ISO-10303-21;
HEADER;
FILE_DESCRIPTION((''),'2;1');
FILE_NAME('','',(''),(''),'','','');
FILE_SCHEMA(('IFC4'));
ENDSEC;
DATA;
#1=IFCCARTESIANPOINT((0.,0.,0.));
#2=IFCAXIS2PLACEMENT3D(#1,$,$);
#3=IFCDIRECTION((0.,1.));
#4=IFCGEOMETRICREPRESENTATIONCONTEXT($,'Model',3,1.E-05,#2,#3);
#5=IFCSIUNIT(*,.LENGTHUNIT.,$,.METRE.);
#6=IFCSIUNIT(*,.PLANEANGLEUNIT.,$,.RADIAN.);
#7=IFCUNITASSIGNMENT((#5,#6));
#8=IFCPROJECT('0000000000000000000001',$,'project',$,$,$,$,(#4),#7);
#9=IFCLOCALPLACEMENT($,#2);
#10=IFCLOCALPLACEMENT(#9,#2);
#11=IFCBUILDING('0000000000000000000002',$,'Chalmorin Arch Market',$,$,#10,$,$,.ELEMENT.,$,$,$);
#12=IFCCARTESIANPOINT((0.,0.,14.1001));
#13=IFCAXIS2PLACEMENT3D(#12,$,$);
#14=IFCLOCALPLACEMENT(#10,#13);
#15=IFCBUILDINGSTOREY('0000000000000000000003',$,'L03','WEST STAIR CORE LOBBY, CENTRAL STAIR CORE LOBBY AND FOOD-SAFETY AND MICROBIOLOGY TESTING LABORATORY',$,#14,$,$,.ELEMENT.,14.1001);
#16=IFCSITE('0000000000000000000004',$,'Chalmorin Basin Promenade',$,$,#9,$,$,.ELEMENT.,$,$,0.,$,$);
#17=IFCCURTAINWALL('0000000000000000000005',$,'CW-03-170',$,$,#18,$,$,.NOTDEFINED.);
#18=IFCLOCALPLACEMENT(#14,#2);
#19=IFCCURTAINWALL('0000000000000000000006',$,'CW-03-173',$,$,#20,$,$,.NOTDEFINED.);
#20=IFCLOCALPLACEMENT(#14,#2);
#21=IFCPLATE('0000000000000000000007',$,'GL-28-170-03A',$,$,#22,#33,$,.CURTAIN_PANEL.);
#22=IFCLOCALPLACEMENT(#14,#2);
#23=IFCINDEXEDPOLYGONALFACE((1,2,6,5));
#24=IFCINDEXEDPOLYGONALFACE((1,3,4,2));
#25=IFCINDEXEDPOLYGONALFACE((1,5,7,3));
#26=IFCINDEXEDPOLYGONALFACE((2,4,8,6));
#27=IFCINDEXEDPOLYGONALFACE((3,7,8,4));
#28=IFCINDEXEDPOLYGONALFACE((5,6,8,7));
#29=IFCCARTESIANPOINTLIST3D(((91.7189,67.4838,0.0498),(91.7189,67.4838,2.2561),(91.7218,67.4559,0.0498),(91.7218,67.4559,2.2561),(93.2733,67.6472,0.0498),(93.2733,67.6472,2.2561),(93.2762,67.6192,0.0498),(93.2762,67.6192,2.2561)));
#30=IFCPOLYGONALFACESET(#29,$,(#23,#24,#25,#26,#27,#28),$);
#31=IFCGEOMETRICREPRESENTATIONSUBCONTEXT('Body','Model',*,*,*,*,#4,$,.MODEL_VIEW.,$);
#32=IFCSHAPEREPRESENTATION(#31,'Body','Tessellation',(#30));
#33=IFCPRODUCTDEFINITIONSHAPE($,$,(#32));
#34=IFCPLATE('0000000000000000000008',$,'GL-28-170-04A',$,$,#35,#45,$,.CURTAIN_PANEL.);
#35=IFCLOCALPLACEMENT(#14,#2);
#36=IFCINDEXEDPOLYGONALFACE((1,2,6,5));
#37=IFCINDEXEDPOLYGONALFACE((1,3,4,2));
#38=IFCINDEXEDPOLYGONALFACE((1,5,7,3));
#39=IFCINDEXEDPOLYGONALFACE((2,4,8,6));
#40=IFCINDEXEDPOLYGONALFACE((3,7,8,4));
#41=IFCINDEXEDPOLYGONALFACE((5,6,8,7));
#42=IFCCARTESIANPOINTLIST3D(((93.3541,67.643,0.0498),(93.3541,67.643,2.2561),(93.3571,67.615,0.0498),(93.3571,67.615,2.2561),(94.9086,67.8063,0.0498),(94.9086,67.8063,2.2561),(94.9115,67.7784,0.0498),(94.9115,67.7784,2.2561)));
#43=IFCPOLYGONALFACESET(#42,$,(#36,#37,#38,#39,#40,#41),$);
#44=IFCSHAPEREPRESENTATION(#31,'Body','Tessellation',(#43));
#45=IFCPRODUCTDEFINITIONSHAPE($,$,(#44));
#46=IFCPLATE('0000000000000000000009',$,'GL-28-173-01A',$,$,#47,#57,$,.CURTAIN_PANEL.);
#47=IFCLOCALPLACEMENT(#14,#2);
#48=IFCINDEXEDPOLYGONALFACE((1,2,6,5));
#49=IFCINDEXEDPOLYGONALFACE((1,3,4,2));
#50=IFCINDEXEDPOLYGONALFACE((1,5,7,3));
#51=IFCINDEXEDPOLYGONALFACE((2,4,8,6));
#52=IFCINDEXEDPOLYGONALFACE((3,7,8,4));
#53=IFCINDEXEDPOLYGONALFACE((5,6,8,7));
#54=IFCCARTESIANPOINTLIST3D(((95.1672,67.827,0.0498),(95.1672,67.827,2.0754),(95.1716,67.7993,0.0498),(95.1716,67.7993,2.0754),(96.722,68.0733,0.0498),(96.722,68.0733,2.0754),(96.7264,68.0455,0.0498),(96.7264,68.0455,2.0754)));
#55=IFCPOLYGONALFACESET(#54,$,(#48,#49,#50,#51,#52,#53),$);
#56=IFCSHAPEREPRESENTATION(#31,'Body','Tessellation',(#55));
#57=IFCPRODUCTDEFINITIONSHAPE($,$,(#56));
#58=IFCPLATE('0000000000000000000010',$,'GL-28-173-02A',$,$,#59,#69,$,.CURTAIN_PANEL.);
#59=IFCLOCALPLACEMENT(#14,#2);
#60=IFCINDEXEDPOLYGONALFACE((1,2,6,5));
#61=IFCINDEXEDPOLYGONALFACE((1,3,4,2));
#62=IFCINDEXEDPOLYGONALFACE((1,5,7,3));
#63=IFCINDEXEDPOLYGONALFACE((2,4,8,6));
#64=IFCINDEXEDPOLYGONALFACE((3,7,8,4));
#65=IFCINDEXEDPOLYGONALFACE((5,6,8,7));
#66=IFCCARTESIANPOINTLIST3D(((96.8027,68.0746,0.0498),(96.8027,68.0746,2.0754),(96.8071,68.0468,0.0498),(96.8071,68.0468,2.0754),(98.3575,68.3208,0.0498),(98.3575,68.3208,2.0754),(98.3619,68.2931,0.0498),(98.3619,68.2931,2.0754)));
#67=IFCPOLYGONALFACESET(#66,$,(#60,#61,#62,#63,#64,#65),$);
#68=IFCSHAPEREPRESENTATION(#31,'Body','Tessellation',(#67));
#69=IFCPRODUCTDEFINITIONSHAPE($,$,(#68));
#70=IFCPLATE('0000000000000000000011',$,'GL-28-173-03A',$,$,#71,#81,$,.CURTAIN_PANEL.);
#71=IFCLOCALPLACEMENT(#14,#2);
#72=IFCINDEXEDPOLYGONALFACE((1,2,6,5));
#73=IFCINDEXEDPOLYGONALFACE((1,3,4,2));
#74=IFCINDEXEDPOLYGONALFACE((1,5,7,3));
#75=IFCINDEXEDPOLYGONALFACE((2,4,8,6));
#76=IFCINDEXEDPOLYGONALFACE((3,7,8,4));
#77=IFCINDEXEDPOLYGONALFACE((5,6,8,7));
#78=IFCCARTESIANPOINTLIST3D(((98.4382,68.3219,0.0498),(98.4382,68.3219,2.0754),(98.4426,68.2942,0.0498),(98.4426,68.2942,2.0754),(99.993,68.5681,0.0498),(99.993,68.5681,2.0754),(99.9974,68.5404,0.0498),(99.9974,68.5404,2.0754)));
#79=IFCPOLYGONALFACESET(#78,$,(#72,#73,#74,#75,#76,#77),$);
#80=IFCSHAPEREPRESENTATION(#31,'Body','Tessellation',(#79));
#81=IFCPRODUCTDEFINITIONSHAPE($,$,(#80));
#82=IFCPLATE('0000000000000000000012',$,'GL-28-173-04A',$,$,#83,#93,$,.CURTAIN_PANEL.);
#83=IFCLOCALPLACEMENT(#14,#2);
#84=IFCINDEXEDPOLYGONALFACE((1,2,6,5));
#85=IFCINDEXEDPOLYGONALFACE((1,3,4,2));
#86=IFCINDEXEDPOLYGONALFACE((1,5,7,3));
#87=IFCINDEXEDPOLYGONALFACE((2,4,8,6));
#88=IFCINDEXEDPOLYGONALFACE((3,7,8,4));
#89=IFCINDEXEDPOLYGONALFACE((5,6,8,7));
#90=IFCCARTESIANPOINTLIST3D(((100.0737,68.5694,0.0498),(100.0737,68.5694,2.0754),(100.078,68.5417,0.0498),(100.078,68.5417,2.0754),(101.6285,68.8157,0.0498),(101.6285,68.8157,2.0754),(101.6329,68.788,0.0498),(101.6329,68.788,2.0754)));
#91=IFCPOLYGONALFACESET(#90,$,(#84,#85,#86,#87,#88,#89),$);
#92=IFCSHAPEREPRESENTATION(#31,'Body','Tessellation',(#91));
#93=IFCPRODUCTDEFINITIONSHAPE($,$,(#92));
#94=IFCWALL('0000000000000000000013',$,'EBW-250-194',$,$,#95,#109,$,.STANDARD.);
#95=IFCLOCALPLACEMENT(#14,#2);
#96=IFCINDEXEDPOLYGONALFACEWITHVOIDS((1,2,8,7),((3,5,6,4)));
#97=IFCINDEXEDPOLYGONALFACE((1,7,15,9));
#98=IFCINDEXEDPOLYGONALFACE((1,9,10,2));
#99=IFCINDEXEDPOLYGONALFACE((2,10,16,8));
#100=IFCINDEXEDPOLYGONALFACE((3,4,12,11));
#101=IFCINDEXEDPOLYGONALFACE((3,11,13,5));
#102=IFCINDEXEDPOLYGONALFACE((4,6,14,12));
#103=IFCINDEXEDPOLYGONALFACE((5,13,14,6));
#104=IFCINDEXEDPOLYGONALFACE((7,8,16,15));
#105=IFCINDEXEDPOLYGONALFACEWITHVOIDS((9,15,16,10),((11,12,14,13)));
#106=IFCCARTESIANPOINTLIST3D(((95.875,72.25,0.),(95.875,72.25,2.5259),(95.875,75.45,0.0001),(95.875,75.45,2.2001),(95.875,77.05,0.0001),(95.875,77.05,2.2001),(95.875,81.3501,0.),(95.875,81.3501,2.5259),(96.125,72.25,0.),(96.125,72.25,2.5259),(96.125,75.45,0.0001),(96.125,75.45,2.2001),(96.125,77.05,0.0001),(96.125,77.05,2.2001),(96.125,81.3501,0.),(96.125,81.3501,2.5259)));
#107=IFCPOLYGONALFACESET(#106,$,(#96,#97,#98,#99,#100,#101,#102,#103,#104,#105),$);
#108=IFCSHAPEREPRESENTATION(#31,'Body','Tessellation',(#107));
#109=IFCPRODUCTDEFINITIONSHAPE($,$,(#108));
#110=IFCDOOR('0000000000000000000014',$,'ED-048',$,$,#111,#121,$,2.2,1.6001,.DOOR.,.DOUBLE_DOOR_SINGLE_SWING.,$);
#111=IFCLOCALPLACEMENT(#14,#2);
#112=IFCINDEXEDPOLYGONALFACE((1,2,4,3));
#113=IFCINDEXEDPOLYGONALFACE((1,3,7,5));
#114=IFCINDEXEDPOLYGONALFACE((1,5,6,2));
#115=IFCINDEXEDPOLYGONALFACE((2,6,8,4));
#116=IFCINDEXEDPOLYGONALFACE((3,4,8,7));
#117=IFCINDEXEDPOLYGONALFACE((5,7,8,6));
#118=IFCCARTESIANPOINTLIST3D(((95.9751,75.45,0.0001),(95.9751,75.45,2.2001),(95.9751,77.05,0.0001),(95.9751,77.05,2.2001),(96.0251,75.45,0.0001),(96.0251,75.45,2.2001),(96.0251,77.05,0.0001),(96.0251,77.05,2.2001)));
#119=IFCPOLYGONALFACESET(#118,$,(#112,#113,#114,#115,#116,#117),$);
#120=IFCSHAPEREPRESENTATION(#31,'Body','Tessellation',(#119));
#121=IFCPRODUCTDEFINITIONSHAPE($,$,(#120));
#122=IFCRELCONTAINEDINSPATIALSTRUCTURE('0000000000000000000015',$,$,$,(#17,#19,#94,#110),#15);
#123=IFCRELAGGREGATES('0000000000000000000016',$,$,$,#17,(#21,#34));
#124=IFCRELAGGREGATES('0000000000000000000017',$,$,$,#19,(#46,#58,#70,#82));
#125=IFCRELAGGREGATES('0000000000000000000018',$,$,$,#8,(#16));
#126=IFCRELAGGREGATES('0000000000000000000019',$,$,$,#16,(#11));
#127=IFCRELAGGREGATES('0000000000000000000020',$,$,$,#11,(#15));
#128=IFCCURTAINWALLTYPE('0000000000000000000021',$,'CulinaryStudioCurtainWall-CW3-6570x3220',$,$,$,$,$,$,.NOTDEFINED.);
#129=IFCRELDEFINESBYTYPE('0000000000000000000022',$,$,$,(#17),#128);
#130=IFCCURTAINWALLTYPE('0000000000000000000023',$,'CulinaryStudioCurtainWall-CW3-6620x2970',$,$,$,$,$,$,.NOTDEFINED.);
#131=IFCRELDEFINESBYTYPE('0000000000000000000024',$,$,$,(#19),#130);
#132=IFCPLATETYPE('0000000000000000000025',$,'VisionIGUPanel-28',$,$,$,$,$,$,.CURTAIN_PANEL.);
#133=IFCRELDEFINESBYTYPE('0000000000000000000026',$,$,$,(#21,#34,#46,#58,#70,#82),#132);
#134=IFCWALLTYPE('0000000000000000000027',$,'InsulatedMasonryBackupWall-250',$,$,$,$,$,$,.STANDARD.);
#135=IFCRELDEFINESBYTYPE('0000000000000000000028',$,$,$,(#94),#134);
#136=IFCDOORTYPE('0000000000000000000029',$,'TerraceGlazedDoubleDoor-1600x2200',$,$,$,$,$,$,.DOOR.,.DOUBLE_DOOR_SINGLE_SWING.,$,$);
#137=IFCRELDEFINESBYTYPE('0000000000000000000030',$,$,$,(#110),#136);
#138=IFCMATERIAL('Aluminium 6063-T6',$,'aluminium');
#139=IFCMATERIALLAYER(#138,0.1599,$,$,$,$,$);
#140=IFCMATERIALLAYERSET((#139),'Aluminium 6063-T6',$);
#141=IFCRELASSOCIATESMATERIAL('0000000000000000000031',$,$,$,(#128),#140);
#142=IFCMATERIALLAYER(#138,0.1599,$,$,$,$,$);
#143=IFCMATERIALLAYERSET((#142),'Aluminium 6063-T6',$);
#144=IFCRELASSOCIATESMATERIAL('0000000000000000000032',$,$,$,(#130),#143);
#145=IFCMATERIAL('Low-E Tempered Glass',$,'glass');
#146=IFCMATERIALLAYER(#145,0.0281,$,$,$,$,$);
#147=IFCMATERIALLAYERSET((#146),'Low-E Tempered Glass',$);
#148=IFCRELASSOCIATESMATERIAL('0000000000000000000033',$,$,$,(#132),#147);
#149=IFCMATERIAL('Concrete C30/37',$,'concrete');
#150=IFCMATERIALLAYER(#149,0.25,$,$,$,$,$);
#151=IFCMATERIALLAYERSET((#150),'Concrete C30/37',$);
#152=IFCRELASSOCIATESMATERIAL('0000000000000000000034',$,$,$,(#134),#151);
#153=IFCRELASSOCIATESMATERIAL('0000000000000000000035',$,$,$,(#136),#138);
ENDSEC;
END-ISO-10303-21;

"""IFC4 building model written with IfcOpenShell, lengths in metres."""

from ifc_helpers import new_model, si_unit, direction, frame, frame_2d, origin, origin_2d, place, context, subcontext, project, spatial, rectangle, extrude, material, layer, layer_set, type_object, element, fill, aggregate, save


model = new_model("IFC4")

# Units and contexts
model_context = context("Model", 3, precision=1e-05, world=origin(), true_north=direction((0.0, 1.0)))
body_context = subcontext(model_context, "Body", "Model", "MODEL_VIEW")
ifc_project = project(units=[si_unit("LENGTHUNIT", "METRE"), si_unit("PLANEANGLEUNIT", "RADIAN")], contexts=[model_context])

# Site, building, storey
site_placement = place(None, origin())
site = spatial("IfcSite", under=ifc_project, at=site_placement, Name="Chalmorin Basin Promenade", CompositionType="ELEMENT", RefElevation=0.0)
building_placement = place(site_placement, origin())
building = spatial("IfcBuilding", under=site, at=building_placement, Name="Chalmorin Arch Market", CompositionType="ELEMENT")
storey_placement = place(building_placement, frame((0.0, 0.0, 14.1001)))
storey = spatial("IfcBuildingStorey", under=building, at=storey_placement, Name="L03", Description="WEST STAIR CORE LOBBY, CENTRAL STAIR CORE LOBBY AND FOOD-SAFETY AND MICROBIOLOGY TESTING LABORATORY", CompositionType="ELEMENT", Elevation=14.1001)

# Curtain walls
ifc_material_1 = material(Name="Aluminium 6063-T6", Category="aluminium")
ifc_layer_1 = layer(ifc_material_1, 0.1599)
ifc_layer_set_1 = layer_set([ifc_layer_1], Name="Aluminium 6063-T6")
curtain_wall_type_1 = type_object("IfcCurtainWallType", Name="CulinaryStudioCurtainWall-CW3-6570x3220", PredefinedType="NOTDEFINED", material=ifc_layer_set_1)
curtain_wall_1_placement = place(storey_placement, origin())
curtain_wall_1 = element("IfcCurtainWall", 1, at=curtain_wall_1_placement, inside=storey, type_object=curtain_wall_type_1, Name="CW-03-170", PredefinedType="NOTDEFINED")
ifc_layer_2 = layer(ifc_material_1, 0.1599)
ifc_layer_set_2 = layer_set([ifc_layer_2], Name="Aluminium 6063-T6")
curtain_wall_type_2 = type_object("IfcCurtainWallType", Name="CulinaryStudioCurtainWall-CW3-6620x2970", PredefinedType="NOTDEFINED", material=ifc_layer_set_2)
curtain_wall_2_placement = place(storey_placement, origin())
curtain_wall_2 = element("IfcCurtainWall", 2, at=curtain_wall_2_placement, inside=storey, type_object=curtain_wall_type_2, Name="CW-03-173", PredefinedType="NOTDEFINED")

# Plates
ifc_material_2 = material(Name="Low-E Tempered Glass", Category="glass")
ifc_layer_3 = layer(ifc_material_2, 0.0281)
ifc_layer_set_3 = layer_set([ifc_layer_3], Name="Low-E Tempered Glass")
plate_type_1 = type_object("IfcPlateType", Name="VisionIGUPanel-28", PredefinedType="CURTAIN_PANEL", material=ifc_layer_set_3)
plate_1_placement = place(storey_placement, frame((92.4976, 67.5515, 0.0498), z_axis=(0.0, 0.0, 1.0), x_axis=(0.994522, 0.104528, 0.0)))
plate_1 = element("IfcPlate", 3, at=plate_1_placement, type_object=plate_type_1, Name="GL-28-170-03A", PredefinedType="CURTAIN_PANEL", context=body_context, shape_type="SweptSolid", body=[
    extrude(rectangle(XDim=1.563, YDim=0.0281, at=origin_2d()), origin(), (0.0, 0.0, 1.0), 2.2063),
])
plate_2_placement = place(storey_placement, frame((94.1328, 67.7107, 0.0498), z_axis=(0.0, 0.0, 1.0), x_axis=(0.994522, 0.104528, 0.0)))
plate_2 = element("IfcPlate", 4, at=plate_2_placement, type_object=plate_type_1, Name="GL-28-170-04A", PredefinedType="CURTAIN_PANEL", context=body_context, shape_type="SweptSolid", body=[
    extrude(rectangle(XDim=1.563, YDim=0.0281, at=origin_2d()), origin(), (0.0, 0.0, 1.0), 2.2063),
])
aggregate(curtain_wall_1, [plate_1, plate_2])
plate_3_placement = place(storey_placement, frame((95.9468, 67.9363, 0.0498), z_axis=(0.0, 0.0, 1.0), x_axis=(0.987688, 0.156434, 0.0)))
plate_3 = element("IfcPlate", 5, at=plate_3_placement, type_object=plate_type_1, Name="GL-28-173-01A", PredefinedType="CURTAIN_PANEL", context=body_context, shape_type="SweptSolid", body=[
    extrude(rectangle(XDim=1.5742, YDim=0.0281, at=origin_2d()), origin(), (0.0, 0.0, 1.0), 2.0256),
])
plate_4_placement = place(storey_placement, frame((97.5823, 68.1838, 0.0498), z_axis=(0.0, 0.0, 1.0), x_axis=(0.987688, 0.156434, 0.0)))
plate_4 = element("IfcPlate", 6, at=plate_4_placement, type_object=plate_type_1, Name="GL-28-173-02A", PredefinedType="CURTAIN_PANEL", context=body_context, shape_type="SweptSolid", body=[
    extrude(rectangle(XDim=1.5742, YDim=0.0281, at=origin_2d()), origin(), (0.0, 0.0, 1.0), 2.0256),
])
plate_5_placement = place(storey_placement, frame((99.2178, 68.4312, 0.0498), z_axis=(0.0, 0.0, 1.0), x_axis=(0.987688, 0.156434, 0.0)))
plate_5 = element("IfcPlate", 7, at=plate_5_placement, type_object=plate_type_1, Name="GL-28-173-03A", PredefinedType="CURTAIN_PANEL", context=body_context, shape_type="SweptSolid", body=[
    extrude(rectangle(XDim=1.5742, YDim=0.0281, at=origin_2d()), origin(), (0.0, 0.0, 1.0), 2.0256),
])
plate_6_placement = place(storey_placement, frame((100.8533, 68.6787, 0.0498), z_axis=(0.0, 0.0, 1.0), x_axis=(0.987688, 0.156434, 0.0)))
plate_6 = element("IfcPlate", 8, at=plate_6_placement, type_object=plate_type_1, Name="GL-28-173-04A", PredefinedType="CURTAIN_PANEL", context=body_context, shape_type="SweptSolid", body=[
    extrude(rectangle(XDim=1.5742, YDim=0.0281, at=origin_2d()), origin(), (0.0, 0.0, 1.0), 2.0256),
])
aggregate(curtain_wall_2, [plate_3, plate_4, plate_5, plate_6])

# Wall, opening, door
ifc_material_3 = material(Name="Concrete C30/37", Category="concrete")
ifc_layer_4 = layer(ifc_material_3, 0.25)
ifc_layer_set_4 = layer_set([ifc_layer_4], Name="Concrete C30/37")
wall_type = type_object("IfcWallType", Name="InsulatedMasonryBackupWall-250", PredefinedType="STANDARD", material=ifc_layer_set_4)
wall_placement = place(storey_placement, frame((96.0, 72.25, 0.0), z_axis=(0.0, 0.0, 1.0), x_axis=(0.0, 1.0, 0.0)))
wall = element("IfcWall", 9, at=wall_placement, inside=storey, type_object=wall_type, Name="EBW-250-194", PredefinedType="STANDARD", context=body_context, shape_type="SweptSolid", body=[
    extrude(rectangle(XDim=9.1001, YDim=0.25, at=frame_2d((4.55, 0.0))), origin(), (0.0, 0.0, 1.0), 2.5259),
])
opening_placement = place(wall_placement, frame((3.2, 0.0, 0.0)))
opening = element("IfcOpeningElement", 10, at=opening_placement, cuts=wall, PredefinedType="OPENING", context=body_context, shape_type="SweptSolid", body=[
    extrude(rectangle(XDim=1.6001, YDim=2.2, at=frame_2d((0.8, 1.1001))), frame((0.0, 0.135, 0.0), z_axis=(0.0, -1.0, 0.0), x_axis=(1.0, 0.0, 0.0)), (0.0, 0.0, 1.0), 0.27),
])
door_type = type_object("IfcDoorType", Name="TerraceGlazedDoubleDoor-1600x2200", OperationType="DOUBLE_DOOR_SINGLE_SWING", PredefinedType="DOOR", material=ifc_material_1)
door_placement = place(opening_placement, origin())
door = element("IfcDoor", 11, at=door_placement, inside=storey, type_object=door_type, Name="ED-048", OperationType="DOUBLE_DOOR_SINGLE_SWING", OverallHeight=2.2, OverallWidth=1.6001, PredefinedType="DOOR", context=body_context, shape_type="SweptSolid", body=[
    extrude(rectangle(XDim=1.6001, YDim=2.2, at=frame_2d((0.8, 1.1001))), frame((0.0, 0.0249, 0.0), z_axis=(0.0, -1.0, 0.0), x_axis=(1.0, 0.0, 0.0)), (0.0, 0.0, 1.0), 0.05),
])
fill(opening, door)

save(model, "model.ifc")
